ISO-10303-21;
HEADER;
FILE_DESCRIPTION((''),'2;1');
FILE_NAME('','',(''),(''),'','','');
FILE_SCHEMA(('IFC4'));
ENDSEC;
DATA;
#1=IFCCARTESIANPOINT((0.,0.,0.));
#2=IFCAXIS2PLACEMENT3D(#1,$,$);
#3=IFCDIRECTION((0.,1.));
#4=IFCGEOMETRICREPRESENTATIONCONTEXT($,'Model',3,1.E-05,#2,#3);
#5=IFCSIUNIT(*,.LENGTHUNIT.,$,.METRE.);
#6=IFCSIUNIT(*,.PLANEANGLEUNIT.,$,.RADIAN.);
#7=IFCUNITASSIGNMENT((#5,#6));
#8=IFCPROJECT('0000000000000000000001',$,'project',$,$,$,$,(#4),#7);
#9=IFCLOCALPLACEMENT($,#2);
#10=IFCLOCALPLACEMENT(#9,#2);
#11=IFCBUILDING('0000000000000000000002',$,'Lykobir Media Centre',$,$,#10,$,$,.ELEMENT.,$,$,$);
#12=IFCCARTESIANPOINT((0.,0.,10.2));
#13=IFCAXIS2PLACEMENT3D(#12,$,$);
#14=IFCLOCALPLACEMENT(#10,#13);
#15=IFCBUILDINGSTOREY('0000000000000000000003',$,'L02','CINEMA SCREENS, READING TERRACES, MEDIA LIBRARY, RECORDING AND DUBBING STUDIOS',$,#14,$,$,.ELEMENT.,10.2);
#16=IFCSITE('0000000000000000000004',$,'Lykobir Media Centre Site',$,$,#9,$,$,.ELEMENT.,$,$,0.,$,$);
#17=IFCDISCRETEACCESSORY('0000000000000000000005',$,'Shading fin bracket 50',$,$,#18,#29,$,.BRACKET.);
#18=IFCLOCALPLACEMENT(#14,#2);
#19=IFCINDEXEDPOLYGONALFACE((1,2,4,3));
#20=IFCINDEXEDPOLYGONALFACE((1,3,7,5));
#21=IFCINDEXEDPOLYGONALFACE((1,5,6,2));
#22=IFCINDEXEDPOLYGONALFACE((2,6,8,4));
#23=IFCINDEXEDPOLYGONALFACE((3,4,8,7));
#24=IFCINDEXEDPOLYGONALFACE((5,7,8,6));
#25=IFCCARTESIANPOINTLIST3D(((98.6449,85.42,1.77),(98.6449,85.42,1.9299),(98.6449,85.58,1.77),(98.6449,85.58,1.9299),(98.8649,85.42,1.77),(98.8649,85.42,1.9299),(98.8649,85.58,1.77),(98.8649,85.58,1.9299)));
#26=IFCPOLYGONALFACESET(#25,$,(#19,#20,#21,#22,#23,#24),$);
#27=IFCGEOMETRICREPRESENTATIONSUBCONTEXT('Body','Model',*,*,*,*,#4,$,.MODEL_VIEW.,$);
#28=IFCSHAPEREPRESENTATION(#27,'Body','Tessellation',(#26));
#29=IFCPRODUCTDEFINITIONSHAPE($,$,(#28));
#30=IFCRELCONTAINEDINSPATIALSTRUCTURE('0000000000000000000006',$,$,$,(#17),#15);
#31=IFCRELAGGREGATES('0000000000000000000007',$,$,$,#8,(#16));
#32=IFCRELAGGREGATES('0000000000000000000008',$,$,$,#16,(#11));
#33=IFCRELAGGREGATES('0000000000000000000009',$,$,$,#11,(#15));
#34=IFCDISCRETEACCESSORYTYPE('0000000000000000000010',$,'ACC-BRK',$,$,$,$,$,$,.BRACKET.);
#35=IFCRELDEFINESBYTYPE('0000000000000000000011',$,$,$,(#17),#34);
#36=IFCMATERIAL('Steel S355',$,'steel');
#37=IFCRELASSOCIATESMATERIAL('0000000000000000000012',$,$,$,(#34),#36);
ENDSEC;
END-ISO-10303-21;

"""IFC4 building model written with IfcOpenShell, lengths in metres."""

from ifc_helpers import new_model, si_unit, direction, frame, origin, origin_2d, place, context, subcontext, project, spatial, rectangle, extrude, material, type_object, element, save


model = new_model("IFC4")

# Units and contexts
model_context = context("Model", 3, precision=1e-05, world=origin(), true_north=direction((0.0, 1.0)))
body_context = subcontext(model_context, "Body", "Model", "MODEL_VIEW")
ifc_project = project(units=[si_unit("LENGTHUNIT", "METRE"), si_unit("PLANEANGLEUNIT", "RADIAN")], contexts=[model_context])

# Site, building, storey
site_placement = place(None, origin())
site = spatial("IfcSite", under=ifc_project, at=site_placement, Name="Lykobir Media Centre Site", CompositionType="ELEMENT", RefElevation=0.0)
building_placement = place(site_placement, origin())
building = spatial("IfcBuilding", under=site, at=building_placement, Name="Lykobir Media Centre", CompositionType="ELEMENT")
storey_placement = place(building_placement, frame((0.0, 0.0, 10.2)))
storey = spatial("IfcBuildingStorey", under=building, at=storey_placement, Name="L02", Description="CINEMA SCREENS, READING TERRACES, MEDIA LIBRARY, RECORDING AND DUBBING STUDIOS", CompositionType="ELEMENT", Elevation=10.2)

# Shared definitions
ifc_material_1 = material(Name="Steel S355", Category="steel")

# Discrete accessory
discrete_accessory_type = type_object("IfcDiscreteAccessoryType", Name="ACC-BRK", PredefinedType="BRACKET", material=ifc_material_1)
for number, where, z_axis, x_axis, name in (
    (1, (98.7549, 85.5, 1.77), (0.0, 0.0, 1.0), (0.0, -1.0, 0.0), "Shading fin bracket 50"),
):
    element("IfcDiscreteAccessory", number, at=place(storey_placement, frame(where, z_axis=z_axis, x_axis=x_axis)), inside=storey, type_object=discrete_accessory_type, Name=name, PredefinedType="BRACKET", context=body_context, shape_type="SweptSolid", body=[
        extrude(rectangle(XDim=0.1599, YDim=0.22, at=origin_2d()), origin(), (0.0, 0.0, 1.0), 0.1599),
    ])

save(model, "model.ifc")
